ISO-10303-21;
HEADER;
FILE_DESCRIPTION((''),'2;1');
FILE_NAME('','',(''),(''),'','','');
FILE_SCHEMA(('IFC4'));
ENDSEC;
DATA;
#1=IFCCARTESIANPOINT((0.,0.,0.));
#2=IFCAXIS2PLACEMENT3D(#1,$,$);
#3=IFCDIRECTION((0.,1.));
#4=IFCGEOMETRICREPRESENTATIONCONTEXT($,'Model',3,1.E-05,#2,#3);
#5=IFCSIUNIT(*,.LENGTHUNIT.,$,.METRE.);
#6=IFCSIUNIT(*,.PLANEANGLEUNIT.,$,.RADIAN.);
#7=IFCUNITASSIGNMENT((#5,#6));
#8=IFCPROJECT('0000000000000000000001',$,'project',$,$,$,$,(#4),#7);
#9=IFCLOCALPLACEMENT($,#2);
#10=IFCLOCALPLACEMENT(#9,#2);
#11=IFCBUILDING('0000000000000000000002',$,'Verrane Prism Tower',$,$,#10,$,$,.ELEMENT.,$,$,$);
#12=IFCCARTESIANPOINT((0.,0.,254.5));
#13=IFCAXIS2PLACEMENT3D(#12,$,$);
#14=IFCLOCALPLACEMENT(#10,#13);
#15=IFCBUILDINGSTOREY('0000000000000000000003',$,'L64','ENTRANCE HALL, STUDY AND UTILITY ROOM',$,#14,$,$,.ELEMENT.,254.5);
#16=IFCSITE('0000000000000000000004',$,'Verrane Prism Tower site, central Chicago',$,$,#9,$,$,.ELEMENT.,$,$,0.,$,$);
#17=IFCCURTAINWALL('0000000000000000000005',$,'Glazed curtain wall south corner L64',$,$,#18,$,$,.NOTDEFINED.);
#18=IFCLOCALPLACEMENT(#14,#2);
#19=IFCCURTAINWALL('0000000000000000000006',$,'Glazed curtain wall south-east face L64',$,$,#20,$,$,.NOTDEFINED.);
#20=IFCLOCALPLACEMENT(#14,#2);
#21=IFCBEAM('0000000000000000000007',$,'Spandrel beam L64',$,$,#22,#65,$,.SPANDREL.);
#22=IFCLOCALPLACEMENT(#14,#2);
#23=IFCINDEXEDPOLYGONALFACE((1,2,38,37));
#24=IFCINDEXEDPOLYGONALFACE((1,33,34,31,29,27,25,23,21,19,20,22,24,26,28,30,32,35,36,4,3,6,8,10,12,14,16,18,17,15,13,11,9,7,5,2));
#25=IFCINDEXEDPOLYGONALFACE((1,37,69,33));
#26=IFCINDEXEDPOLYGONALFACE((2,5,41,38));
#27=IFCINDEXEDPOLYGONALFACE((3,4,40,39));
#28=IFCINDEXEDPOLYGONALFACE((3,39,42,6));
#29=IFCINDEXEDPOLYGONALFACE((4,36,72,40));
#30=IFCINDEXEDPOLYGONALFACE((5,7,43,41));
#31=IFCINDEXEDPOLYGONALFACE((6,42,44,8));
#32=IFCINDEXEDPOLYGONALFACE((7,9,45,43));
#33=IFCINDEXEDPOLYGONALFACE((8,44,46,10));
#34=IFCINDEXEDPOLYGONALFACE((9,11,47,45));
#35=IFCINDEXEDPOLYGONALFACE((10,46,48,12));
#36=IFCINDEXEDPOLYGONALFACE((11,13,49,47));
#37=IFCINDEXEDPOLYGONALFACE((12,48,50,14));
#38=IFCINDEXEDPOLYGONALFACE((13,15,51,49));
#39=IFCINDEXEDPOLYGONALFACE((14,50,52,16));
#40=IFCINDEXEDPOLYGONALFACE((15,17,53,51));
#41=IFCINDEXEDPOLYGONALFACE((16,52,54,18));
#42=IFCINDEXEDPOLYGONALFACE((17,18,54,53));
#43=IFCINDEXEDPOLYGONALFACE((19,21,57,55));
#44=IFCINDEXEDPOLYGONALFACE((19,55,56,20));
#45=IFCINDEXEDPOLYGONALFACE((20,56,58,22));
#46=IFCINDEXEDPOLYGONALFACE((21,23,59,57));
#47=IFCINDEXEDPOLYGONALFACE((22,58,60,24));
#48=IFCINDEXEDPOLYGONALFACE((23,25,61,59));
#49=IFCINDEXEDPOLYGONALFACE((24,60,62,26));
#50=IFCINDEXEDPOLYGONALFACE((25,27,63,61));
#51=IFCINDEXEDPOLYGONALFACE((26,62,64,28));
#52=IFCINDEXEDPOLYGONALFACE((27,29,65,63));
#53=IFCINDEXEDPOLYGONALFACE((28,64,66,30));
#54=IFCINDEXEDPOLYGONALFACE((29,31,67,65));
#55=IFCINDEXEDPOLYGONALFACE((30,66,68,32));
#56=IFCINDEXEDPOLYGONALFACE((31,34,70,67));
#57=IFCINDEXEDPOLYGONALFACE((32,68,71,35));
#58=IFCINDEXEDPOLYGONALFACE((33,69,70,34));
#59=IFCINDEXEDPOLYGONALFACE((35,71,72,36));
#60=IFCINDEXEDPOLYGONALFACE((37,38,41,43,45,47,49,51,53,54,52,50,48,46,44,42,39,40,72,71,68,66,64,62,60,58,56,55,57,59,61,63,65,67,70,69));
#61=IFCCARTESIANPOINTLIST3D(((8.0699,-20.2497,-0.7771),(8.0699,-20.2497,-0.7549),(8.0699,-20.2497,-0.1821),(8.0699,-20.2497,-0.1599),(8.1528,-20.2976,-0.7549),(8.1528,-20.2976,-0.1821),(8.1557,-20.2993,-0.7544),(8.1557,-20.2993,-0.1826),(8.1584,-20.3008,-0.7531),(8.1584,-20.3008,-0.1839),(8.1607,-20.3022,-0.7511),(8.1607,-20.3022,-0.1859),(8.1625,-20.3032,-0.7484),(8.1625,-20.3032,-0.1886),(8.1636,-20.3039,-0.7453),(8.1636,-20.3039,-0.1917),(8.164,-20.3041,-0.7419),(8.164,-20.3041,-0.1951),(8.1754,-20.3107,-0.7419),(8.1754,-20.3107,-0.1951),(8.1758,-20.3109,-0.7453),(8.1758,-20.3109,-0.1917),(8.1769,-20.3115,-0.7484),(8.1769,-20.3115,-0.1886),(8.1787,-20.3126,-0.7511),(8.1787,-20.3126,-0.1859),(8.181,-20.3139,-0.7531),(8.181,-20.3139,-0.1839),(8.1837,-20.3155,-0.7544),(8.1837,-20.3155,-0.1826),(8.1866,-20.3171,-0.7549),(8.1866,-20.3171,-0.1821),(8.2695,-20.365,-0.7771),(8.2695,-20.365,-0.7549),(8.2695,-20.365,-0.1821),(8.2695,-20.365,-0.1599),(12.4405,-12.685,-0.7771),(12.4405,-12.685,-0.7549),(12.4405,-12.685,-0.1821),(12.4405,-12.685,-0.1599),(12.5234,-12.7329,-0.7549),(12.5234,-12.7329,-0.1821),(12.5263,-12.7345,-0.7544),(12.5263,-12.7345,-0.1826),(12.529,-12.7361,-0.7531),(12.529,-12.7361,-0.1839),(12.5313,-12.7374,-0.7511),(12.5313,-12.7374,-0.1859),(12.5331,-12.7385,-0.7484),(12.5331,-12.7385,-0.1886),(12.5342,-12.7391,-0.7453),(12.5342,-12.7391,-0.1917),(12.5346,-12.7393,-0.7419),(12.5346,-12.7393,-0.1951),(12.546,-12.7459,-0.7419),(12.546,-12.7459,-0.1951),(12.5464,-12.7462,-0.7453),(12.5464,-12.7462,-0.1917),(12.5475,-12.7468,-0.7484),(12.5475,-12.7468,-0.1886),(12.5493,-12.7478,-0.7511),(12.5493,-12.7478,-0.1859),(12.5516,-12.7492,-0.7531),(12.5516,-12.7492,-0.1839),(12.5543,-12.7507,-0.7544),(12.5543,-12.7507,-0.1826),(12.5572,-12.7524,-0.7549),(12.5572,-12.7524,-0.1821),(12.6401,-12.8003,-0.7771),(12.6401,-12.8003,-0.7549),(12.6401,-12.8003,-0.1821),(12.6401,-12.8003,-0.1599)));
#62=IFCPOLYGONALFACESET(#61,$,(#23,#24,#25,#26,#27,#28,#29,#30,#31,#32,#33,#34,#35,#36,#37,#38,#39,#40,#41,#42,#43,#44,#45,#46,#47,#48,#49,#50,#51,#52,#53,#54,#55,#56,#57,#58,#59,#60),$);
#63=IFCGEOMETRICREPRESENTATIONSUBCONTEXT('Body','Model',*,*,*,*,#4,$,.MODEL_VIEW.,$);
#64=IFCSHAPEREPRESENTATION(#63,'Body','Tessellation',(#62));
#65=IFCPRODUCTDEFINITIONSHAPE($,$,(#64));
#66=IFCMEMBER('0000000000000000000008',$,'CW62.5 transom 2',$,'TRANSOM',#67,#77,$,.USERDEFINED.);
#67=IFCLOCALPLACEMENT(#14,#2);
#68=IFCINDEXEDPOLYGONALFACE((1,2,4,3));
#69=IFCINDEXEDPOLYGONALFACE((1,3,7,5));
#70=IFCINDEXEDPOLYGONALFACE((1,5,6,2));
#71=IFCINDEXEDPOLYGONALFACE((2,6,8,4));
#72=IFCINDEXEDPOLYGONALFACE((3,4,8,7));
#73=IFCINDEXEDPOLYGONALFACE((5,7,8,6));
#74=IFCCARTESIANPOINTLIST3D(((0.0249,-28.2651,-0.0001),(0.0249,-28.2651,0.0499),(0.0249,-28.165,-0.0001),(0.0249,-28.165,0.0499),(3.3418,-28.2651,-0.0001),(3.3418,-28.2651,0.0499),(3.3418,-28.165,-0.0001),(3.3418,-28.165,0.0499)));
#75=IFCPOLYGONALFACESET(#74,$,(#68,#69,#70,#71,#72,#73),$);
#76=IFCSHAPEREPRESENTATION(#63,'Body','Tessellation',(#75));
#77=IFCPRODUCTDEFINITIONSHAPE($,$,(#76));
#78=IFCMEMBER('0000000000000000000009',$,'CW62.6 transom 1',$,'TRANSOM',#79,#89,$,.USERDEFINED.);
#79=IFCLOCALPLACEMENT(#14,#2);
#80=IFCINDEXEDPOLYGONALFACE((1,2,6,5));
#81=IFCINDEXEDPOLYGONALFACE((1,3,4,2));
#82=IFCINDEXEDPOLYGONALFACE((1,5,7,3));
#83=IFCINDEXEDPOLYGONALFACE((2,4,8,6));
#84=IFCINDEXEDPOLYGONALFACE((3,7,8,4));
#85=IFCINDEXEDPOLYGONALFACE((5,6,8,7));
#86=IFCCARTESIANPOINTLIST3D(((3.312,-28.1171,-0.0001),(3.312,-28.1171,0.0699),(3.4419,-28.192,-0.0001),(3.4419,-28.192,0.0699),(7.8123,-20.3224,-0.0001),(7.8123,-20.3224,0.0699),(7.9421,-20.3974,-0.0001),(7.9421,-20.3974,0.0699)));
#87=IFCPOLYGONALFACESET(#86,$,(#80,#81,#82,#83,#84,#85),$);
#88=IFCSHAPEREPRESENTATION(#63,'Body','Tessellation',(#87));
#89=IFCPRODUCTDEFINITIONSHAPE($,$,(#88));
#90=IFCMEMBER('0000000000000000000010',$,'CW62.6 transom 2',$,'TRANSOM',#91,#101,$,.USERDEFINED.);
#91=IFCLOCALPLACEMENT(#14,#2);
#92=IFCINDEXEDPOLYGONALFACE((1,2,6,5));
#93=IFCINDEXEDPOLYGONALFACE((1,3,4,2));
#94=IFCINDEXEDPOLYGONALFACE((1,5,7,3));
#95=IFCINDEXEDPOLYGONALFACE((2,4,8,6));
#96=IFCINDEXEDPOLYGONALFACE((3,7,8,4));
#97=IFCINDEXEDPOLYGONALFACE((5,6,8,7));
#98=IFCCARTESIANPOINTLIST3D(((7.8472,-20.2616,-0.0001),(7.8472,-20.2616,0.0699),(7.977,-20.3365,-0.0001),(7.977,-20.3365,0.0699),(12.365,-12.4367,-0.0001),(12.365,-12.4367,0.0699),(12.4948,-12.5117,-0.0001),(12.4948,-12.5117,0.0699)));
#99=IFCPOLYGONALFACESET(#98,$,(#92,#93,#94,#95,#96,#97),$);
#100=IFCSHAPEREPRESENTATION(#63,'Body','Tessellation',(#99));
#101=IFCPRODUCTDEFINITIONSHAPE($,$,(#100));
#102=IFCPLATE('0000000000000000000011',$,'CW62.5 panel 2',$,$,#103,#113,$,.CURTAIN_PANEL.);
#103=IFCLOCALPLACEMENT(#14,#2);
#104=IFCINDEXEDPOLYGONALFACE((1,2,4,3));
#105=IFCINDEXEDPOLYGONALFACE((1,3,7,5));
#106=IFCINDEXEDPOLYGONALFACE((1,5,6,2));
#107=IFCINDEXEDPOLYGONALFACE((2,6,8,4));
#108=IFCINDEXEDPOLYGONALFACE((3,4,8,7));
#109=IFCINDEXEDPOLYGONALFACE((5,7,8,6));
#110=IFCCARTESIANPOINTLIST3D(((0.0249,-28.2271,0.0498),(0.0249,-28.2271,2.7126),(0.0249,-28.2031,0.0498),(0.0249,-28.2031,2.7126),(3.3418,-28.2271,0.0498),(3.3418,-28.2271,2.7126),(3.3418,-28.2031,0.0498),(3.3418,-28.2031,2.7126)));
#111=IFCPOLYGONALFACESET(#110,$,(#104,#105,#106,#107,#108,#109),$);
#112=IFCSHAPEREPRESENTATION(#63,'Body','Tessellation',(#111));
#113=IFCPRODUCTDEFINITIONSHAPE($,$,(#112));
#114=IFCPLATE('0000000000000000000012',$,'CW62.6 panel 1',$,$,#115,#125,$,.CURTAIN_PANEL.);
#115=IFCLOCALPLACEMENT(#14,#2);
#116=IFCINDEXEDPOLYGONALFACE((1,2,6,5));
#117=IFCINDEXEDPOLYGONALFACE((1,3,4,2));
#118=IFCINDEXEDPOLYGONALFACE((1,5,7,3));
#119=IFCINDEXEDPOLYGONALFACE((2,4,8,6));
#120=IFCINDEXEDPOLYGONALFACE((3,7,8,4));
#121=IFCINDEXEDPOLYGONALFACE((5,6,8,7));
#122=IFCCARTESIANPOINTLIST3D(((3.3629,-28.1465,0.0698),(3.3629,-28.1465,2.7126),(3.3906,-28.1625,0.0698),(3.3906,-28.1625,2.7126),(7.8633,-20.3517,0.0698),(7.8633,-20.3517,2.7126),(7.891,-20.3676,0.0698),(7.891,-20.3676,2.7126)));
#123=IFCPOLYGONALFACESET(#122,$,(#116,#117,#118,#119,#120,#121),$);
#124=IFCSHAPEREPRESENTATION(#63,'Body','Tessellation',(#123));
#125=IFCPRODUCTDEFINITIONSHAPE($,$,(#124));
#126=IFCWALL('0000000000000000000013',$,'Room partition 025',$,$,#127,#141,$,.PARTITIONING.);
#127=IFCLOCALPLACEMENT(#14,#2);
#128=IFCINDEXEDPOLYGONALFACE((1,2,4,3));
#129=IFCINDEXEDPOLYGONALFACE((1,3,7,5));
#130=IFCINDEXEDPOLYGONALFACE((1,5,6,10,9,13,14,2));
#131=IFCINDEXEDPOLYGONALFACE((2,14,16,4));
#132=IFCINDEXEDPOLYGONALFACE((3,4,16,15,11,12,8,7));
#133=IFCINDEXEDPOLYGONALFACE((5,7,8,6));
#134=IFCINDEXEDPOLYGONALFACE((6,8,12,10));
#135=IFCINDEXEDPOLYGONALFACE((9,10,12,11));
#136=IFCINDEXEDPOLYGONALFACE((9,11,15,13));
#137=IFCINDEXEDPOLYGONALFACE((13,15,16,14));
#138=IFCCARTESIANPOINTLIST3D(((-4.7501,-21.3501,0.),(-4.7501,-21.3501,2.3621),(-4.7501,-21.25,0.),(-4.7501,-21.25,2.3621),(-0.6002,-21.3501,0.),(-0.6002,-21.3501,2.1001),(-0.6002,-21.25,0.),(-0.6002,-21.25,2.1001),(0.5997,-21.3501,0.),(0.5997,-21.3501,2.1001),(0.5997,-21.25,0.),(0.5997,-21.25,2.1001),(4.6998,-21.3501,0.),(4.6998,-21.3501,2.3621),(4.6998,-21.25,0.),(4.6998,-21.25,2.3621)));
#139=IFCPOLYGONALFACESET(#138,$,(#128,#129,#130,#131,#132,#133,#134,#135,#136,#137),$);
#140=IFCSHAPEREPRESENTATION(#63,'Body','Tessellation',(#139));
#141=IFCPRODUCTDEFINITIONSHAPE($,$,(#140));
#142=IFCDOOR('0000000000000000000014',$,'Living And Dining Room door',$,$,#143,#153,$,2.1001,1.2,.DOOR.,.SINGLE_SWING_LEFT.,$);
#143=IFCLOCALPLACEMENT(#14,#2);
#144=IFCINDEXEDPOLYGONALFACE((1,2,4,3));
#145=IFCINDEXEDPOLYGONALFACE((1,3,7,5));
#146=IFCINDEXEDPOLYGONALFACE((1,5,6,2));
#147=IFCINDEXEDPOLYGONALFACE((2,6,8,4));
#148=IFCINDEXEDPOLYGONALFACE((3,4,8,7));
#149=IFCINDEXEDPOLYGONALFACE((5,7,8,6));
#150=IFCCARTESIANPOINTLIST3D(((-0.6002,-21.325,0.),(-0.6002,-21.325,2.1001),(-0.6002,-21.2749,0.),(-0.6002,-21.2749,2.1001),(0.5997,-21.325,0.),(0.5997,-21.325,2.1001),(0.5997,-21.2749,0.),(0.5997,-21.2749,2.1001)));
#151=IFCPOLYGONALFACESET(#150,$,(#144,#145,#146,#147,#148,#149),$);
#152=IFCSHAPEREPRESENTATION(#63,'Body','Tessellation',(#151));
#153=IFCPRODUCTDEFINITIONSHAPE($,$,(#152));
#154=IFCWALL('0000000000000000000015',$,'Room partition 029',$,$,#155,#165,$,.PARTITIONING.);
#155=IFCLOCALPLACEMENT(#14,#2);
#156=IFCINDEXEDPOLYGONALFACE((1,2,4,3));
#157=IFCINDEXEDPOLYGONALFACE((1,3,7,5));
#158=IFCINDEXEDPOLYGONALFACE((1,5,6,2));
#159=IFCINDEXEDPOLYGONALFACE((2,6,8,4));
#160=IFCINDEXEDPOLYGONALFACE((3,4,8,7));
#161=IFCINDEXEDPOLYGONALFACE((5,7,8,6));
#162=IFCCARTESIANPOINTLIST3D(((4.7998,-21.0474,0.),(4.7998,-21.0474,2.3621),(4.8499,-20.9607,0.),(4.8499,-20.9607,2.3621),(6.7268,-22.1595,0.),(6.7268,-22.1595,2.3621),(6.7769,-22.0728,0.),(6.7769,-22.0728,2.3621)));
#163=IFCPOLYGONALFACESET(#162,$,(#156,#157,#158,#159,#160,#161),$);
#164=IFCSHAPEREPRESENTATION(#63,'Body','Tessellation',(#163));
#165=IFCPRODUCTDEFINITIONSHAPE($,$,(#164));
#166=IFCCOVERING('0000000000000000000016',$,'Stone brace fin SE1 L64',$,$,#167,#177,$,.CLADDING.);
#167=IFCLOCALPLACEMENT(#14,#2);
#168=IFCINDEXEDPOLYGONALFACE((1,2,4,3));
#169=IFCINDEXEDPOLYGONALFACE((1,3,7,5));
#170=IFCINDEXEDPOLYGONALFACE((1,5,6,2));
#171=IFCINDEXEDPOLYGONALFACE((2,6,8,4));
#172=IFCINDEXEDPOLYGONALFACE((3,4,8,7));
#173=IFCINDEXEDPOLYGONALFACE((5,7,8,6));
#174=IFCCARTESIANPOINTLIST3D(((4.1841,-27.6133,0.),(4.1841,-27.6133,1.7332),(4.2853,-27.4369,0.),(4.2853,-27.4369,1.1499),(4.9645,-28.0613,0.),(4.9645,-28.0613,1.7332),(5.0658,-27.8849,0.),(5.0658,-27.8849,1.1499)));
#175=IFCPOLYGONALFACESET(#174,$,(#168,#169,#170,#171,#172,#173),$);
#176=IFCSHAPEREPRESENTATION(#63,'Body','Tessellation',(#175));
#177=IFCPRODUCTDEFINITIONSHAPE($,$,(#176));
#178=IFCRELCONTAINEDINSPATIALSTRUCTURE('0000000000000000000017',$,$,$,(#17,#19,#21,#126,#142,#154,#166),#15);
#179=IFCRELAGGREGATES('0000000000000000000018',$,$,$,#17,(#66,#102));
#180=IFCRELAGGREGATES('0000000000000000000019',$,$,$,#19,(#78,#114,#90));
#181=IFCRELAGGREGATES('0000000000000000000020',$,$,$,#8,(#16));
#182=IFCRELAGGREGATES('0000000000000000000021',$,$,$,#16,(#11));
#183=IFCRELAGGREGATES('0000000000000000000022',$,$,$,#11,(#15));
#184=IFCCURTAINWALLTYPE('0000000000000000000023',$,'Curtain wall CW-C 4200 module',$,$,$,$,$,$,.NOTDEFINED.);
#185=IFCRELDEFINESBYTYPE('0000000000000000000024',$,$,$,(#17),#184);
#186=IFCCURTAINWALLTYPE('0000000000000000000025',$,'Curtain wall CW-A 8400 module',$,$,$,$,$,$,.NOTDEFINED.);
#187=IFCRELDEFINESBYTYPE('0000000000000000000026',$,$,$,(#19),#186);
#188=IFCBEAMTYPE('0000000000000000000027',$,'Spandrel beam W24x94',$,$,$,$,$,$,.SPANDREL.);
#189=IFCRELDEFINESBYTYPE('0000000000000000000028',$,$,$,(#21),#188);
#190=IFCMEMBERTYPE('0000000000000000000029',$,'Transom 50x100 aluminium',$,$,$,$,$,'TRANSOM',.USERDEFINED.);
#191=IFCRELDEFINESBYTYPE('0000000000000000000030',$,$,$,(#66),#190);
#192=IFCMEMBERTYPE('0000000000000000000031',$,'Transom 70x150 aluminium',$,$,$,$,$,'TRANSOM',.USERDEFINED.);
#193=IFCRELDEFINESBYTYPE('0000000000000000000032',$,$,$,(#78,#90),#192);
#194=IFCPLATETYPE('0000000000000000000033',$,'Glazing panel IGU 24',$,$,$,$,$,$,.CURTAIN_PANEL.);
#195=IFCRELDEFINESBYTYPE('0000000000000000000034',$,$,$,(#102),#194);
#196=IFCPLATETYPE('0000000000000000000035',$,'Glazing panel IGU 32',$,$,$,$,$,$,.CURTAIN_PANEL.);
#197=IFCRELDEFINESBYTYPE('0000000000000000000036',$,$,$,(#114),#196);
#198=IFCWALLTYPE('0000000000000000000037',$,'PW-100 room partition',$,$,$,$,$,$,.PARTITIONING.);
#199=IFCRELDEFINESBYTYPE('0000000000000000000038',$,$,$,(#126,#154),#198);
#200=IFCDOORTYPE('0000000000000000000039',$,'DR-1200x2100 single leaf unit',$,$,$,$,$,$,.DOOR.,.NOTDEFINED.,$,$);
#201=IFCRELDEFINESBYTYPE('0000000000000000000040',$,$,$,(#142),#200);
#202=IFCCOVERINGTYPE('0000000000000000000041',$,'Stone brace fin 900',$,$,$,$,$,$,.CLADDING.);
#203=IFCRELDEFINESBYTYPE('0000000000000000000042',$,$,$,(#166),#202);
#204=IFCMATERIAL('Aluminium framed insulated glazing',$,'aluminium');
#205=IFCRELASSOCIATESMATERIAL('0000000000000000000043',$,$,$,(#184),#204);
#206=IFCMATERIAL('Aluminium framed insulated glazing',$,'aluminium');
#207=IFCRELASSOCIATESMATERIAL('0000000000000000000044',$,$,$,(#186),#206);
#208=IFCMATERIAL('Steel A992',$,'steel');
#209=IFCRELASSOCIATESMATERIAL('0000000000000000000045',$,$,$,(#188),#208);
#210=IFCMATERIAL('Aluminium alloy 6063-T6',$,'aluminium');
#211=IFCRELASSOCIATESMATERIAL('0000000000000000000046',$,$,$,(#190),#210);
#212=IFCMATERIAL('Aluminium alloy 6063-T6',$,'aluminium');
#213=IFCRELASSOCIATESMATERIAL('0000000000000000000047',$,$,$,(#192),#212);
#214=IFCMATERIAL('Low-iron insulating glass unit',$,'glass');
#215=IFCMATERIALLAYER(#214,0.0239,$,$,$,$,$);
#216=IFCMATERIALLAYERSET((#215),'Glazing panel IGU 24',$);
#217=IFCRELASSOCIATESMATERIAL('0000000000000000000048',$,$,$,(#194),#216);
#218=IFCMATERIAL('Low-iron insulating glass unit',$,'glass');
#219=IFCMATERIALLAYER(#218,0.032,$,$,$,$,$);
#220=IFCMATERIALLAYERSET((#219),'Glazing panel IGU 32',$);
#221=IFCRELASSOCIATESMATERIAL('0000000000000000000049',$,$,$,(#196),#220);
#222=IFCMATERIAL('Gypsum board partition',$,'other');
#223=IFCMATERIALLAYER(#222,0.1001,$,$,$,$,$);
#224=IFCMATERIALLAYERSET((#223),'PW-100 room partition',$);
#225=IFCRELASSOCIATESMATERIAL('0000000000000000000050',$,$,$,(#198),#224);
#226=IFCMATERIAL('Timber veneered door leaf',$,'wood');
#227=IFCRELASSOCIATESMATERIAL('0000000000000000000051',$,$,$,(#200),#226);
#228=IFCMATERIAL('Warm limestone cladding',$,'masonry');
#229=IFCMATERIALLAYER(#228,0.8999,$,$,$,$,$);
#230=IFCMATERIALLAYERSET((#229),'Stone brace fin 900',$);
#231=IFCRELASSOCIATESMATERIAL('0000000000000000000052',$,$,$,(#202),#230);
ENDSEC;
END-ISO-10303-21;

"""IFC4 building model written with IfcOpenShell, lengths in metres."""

from ifc_helpers import new_model, si_unit, direction, frame, frame_2d, origin, origin_2d, place, context, subcontext, project, spatial, polyline, rectangle, i_section, outline, extrude, material, layer, layer_set, material_profile, profile_set, type_object, element, fill, aggregate, save


model = new_model("IFC4")

# Units and contexts
model_context = context("Model", 3, precision=1e-05, world=origin(), true_north=direction((0.0, 1.0)))
body_context = subcontext(model_context, "Body", "Model", "MODEL_VIEW")
ifc_project = project(units=[si_unit("LENGTHUNIT", "METRE"), si_unit("PLANEANGLEUNIT", "RADIAN")], contexts=[model_context])

# Site, building, storey
site_placement = place(None, origin())
site = spatial("IfcSite", under=ifc_project, at=site_placement, Name="Verrane Prism Tower site, central Chicago", CompositionType="ELEMENT", RefElevation=0.0)
building_placement = place(site_placement, origin())
building = spatial("IfcBuilding", under=site, at=building_placement, Name="Verrane Prism Tower", CompositionType="ELEMENT")
storey_placement = place(building_placement, frame((0.0, 0.0, 254.5)))
storey = spatial("IfcBuildingStorey", under=building, at=storey_placement, Name="L64", Description="ENTRANCE HALL, STUDY AND UTILITY ROOM", CompositionType="ELEMENT", Elevation=254.5)

# Curtain wall
ifc_material_1 = material(Name="Aluminium framed insulated glazing", Category="aluminium")
curtain_wall_type_1 = type_object("IfcCurtainWallType", Name="Curtain wall CW-C 4200 module", PredefinedType="NOTDEFINED", material=ifc_material_1)
curtain_wall_1_placement = place(storey_placement, origin())
curtain_wall_1 = element("IfcCurtainWall", 1, at=curtain_wall_1_placement, inside=storey, type_object=curtain_wall_type_1, Name="Glazed curtain wall south corner L64", PredefinedType="NOTDEFINED")

# Curtain wall
ifc_material_2 = material(Name="Aluminium framed insulated glazing", Category="aluminium")
curtain_wall_type_2 = type_object("IfcCurtainWallType", Name="Curtain wall CW-A 8400 module", PredefinedType="NOTDEFINED", material=ifc_material_2)
curtain_wall_2_placement = place(storey_placement, origin())
curtain_wall_2 = element("IfcCurtainWall", 2, at=curtain_wall_2_placement, inside=storey, type_object=curtain_wall_type_2, Name="Glazed curtain wall south-east face L64", PredefinedType="NOTDEFINED")

# Beam
ifc_material_3 = material(Name="Steel A992", Category="steel")
ifc_material_profile_1 = material_profile(ifc_material_3, i_section(OverallWidth=0.2305, OverallDepth=0.6172, WebThickness=0.0132, FlangeThickness=0.0222, FilletRadius=0.0129, at=origin_2d()), Name="W24x94")
ifc_profile_set_1 = profile_set([ifc_material_profile_1], Name="Steel A992")
beam_type_1 = type_object("IfcBeamType", Name="Spandrel beam W24x94", PredefinedType="SPANDREL", material=ifc_profile_set_1)
beam_1_placement = place(storey_placement, frame((8.1697, -20.3074, -0.4685), z_axis=(0.500268, 0.86587, 0.0), x_axis=(-0.86587, 0.500268, 0.0)))
element("IfcBeam", 3, at=beam_1_placement, inside=storey, type_object=beam_type_1, Name="Spandrel beam L64", PredefinedType="SPANDREL", context=body_context, shape_type="SweptSolid", body=[
    extrude(i_section(OverallWidth=0.2305, OverallDepth=0.6172, WebThickness=0.0132, FlangeThickness=0.0222, FilletRadius=0.0129, at=origin_2d()), origin(), (0.0, 0.0, 1.0), 8.7366),
])

# Members
ifc_material_4 = material(Name="Aluminium alloy 6063-T6", Category="aluminium")
ifc_material_profile_2 = material_profile(ifc_material_4, rectangle(XDim=0.1001, YDim=0.05, at=origin_2d()), Name="Transom 50x100 aluminium")
ifc_profile_set_2 = profile_set([ifc_material_profile_2], Name="Aluminium alloy 6063-T6")
member_type_1 = type_object("IfcMemberType", Name="Transom 50x100 aluminium", ElementType="TRANSOM", PredefinedType="USERDEFINED", material=ifc_profile_set_2)
member_1_placement = place(storey_placement, frame((0.0249, -28.2151, 0.0249), z_axis=(1.0, 0.0, 0.0), x_axis=(0.0, 1.0, 0.0)))
member_1 = element("IfcMember", 4, at=member_1_placement, type_object=member_type_1, Name="CW62.5 transom 2", ObjectType="TRANSOM", PredefinedType="USERDEFINED", context=body_context, shape_type="SweptSolid", body=[
    extrude(rectangle(XDim=0.1001, YDim=0.05, at=origin_2d()), origin(), (0.0, 0.0, 1.0), 3.3169),
])
ifc_material_5 = material(Name="Aluminium alloy 6063-T6", Category="aluminium")
ifc_material_profile_3 = material_profile(ifc_material_5, rectangle(XDim=0.1499, YDim=0.0701, at=origin_2d()), Name="Transom 70x150 aluminium")
ifc_profile_set_3 = profile_set([ifc_material_profile_3], Name="Aluminium alloy 6063-T6")
member_type_2 = type_object("IfcMemberType", Name="Transom 70x150 aluminium", ElementType="TRANSOM", PredefinedType="USERDEFINED", material=ifc_profile_set_3)
member_2_placement = place(storey_placement, frame((3.377, -28.1545, 0.0349), z_axis=(0.499999, 0.866026, 0.0), x_axis=(-0.866026, 0.499999, 0.0)))
member_2 = element("IfcMember", 5, at=member_2_placement, type_object=member_type_2, Name="CW62.6 transom 1", ObjectType="TRANSOM", PredefinedType="USERDEFINED", context=body_context, shape_type="SweptSolid", body=[
    extrude(rectangle(XDim=0.1499, YDim=0.0701, at=origin_2d()), origin(), (0.0, 0.0, 1.0), 9.0005),
])
member_3_placement = place(storey_placement, frame((7.9121, -20.2991, 0.0349), z_axis=(0.500007, 0.866021, 0.0), x_axis=(-0.866021, 0.500007, 0.0)))
member_3 = element("IfcMember", 6, at=member_3_placement, type_object=member_type_2, Name="CW62.6 transom 2", ObjectType="TRANSOM", PredefinedType="USERDEFINED", context=body_context, shape_type="SweptSolid", body=[
    extrude(rectangle(XDim=0.1499, YDim=0.0701, at=origin_2d()), origin(), (0.0, 0.0, 1.0), 9.0354),
])

# Plates
ifc_material_6 = material(Name="Low-iron insulating glass unit", Category="glass")
ifc_layer_1 = layer(ifc_material_6, 0.0239)
ifc_layer_set_1 = layer_set([ifc_layer_1], Name="Glazing panel IGU 24")
plate_type_1 = type_object("IfcPlateType", Name="Glazing panel IGU 24", PredefinedType="CURTAIN_PANEL", material=ifc_layer_set_1)
plate_1_placement = place(storey_placement, frame((1.6833, -28.2151, 0.0498), z_axis=(0.0, 0.0, 1.0), x_axis=(1.0, 0.0, 0.0)))
plate_1 = element("IfcPlate", 7, at=plate_1_placement, type_object=plate_type_1, Name="CW62.5 panel 2", PredefinedType="CURTAIN_PANEL", context=body_context, shape_type="SweptSolid", body=[
    extrude(rectangle(XDim=3.3169, YDim=0.0239, at=origin_2d()), origin(), (0.0, 0.0, 1.0), 2.6628),
])
aggregate(curtain_wall_1, [member_1, plate_1])
ifc_material_7 = material(Name="Low-iron insulating glass unit", Category="glass")
ifc_layer_2 = layer(ifc_material_7, 0.032)
ifc_layer_set_2 = layer_set([ifc_layer_2], Name="Glazing panel IGU 32")
plate_type_2 = type_object("IfcPlateType", Name="Glazing panel IGU 32", PredefinedType="CURTAIN_PANEL", material=ifc_layer_set_2)
plate_2_placement = place(storey_placement, frame((5.627, -24.2571, 0.0698), z_axis=(0.0, 0.0, 1.0), x_axis=(0.5, 0.866026, 0.0)))
plate_2 = element("IfcPlate", 8, at=plate_2_placement, type_object=plate_type_2, Name="CW62.6 panel 1", PredefinedType="CURTAIN_PANEL", context=body_context, shape_type="SweptSolid", body=[
    extrude(rectangle(XDim=9.0007, YDim=0.032, at=origin_2d()), origin(), (0.0, 0.0, 1.0), 2.6428),
])
aggregate(curtain_wall_2, [member_2, plate_2, member_3])

# Wall, opening, door
ifc_material_8 = material(Name="Gypsum board partition", Category="other")
ifc_layer_3 = layer(ifc_material_8, 0.1001)
ifc_layer_set_3 = layer_set([ifc_layer_3], Name="PW-100 room partition")
wall_type = type_object("IfcWallType", Name="PW-100 room partition", PredefinedType="PARTITIONING", material=ifc_layer_set_3)
wall_1_placement = place(storey_placement, frame((4.7, -21.3, 0.0), z_axis=(0.0, 0.0, 1.0), x_axis=(-1.0, 0.0, 0.0)))
wall_1 = element("IfcWall", 9, at=wall_1_placement, inside=storey, type_object=wall_type, Name="Room partition 025", PredefinedType="PARTITIONING", context=body_context, shape_type="SweptSolid", body=[
    extrude(rectangle(XDim=9.45, YDim=0.1001, at=frame_2d((4.7251, 0.0))), origin(), (0.0, 0.0, 1.0), 2.3621),
])
opening_placement = place(wall_1_placement, frame((4.1001, 0.0, 0.0)))
opening = element("IfcOpeningElement", 10, at=opening_placement, cuts=wall_1, PredefinedType="OPENING", context=body_context, shape_type="SweptSolid", body=[
    extrude(rectangle(XDim=1.2, YDim=2.1001, at=frame_2d((0.6001, 1.05))), frame((0.0, 0.0601, 0.0), z_axis=(0.0, -1.0, 0.0), x_axis=(1.0, 0.0, 0.0)), (0.0, 0.0, 1.0), 0.1201),
])
ifc_material_9 = material(Name="Timber veneered door leaf", Category="wood")
door_type = type_object("IfcDoorType", Name="DR-1200x2100 single leaf unit", OperationType="NOTDEFINED", PredefinedType="DOOR", material=ifc_material_9)
door_placement = place(opening_placement, origin())
door = element("IfcDoor", 11, at=door_placement, inside=storey, type_object=door_type, Name="Living And Dining Room door", OperationType="SINGLE_SWING_LEFT", OverallHeight=2.1001, OverallWidth=1.2, PredefinedType="DOOR", context=body_context, shape_type="SweptSolid", body=[
    extrude(rectangle(XDim=1.2, YDim=2.1001, at=frame_2d((0.6001, 1.05))), frame((0.0, 0.0249, 0.0), z_axis=(0.0, -1.0, 0.0), x_axis=(1.0, 0.0, 0.0)), (0.0, 0.0, 1.0), 0.05),
])
fill(opening, door)

# Wall
wall_2_placement = place(storey_placement, frame((4.825, -21.0042, 0.0), z_axis=(0.0, 0.0, 1.0), x_axis=(0.866122, -0.499833, 0.0)))
element("IfcWall", 12, at=wall_2_placement, inside=storey, type_object=wall_type, Name="Room partition 029", PredefinedType="PARTITIONING", context=body_context, shape_type="SweptSolid", body=[
    extrude(rectangle(XDim=2.2249, YDim=0.1001, at=frame_2d((1.1123, 0.0))), origin(), (0.0, 0.0, 1.0), 2.3621),
])

# Covering
ifc_material_10 = material(Name="Warm limestone cladding", Category="masonry")
ifc_layer_4 = layer(ifc_material_10, 0.8999)
ifc_layer_set_4 = layer_set([ifc_layer_4], Name="Stone brace fin 900")
covering_type = type_object("IfcCoveringType", Name="Stone brace fin 900", PredefinedType="CLADDING", material=ifc_layer_set_4)
covering_placement = place(storey_placement, frame((4.6755, -27.6609, 0.0), z_axis=(0.0, 0.0, 1.0), x_axis=(-0.497817, -0.867282, 0.0)))
element("IfcCovering", 13, at=covering_placement, inside=storey, type_object=covering_type, Name="Stone brace fin SE1 L64", PredefinedType="CLADDING", context=body_context, shape_type="SweptSolid", body=[
    extrude(outline(polyline([(0.0, 0.0), (0.2034, 0.0), (0.2034, 1.7332), (0.0, 1.1499), (0.0, 0.0)])), frame((0.0, 0.45, 0.0), z_axis=(0.0, -1.0, 0.0), x_axis=(1.0, 0.0, 0.0)), (0.0, 0.0, 1.0), 0.8999),
])

save(model, "model.ifc")
